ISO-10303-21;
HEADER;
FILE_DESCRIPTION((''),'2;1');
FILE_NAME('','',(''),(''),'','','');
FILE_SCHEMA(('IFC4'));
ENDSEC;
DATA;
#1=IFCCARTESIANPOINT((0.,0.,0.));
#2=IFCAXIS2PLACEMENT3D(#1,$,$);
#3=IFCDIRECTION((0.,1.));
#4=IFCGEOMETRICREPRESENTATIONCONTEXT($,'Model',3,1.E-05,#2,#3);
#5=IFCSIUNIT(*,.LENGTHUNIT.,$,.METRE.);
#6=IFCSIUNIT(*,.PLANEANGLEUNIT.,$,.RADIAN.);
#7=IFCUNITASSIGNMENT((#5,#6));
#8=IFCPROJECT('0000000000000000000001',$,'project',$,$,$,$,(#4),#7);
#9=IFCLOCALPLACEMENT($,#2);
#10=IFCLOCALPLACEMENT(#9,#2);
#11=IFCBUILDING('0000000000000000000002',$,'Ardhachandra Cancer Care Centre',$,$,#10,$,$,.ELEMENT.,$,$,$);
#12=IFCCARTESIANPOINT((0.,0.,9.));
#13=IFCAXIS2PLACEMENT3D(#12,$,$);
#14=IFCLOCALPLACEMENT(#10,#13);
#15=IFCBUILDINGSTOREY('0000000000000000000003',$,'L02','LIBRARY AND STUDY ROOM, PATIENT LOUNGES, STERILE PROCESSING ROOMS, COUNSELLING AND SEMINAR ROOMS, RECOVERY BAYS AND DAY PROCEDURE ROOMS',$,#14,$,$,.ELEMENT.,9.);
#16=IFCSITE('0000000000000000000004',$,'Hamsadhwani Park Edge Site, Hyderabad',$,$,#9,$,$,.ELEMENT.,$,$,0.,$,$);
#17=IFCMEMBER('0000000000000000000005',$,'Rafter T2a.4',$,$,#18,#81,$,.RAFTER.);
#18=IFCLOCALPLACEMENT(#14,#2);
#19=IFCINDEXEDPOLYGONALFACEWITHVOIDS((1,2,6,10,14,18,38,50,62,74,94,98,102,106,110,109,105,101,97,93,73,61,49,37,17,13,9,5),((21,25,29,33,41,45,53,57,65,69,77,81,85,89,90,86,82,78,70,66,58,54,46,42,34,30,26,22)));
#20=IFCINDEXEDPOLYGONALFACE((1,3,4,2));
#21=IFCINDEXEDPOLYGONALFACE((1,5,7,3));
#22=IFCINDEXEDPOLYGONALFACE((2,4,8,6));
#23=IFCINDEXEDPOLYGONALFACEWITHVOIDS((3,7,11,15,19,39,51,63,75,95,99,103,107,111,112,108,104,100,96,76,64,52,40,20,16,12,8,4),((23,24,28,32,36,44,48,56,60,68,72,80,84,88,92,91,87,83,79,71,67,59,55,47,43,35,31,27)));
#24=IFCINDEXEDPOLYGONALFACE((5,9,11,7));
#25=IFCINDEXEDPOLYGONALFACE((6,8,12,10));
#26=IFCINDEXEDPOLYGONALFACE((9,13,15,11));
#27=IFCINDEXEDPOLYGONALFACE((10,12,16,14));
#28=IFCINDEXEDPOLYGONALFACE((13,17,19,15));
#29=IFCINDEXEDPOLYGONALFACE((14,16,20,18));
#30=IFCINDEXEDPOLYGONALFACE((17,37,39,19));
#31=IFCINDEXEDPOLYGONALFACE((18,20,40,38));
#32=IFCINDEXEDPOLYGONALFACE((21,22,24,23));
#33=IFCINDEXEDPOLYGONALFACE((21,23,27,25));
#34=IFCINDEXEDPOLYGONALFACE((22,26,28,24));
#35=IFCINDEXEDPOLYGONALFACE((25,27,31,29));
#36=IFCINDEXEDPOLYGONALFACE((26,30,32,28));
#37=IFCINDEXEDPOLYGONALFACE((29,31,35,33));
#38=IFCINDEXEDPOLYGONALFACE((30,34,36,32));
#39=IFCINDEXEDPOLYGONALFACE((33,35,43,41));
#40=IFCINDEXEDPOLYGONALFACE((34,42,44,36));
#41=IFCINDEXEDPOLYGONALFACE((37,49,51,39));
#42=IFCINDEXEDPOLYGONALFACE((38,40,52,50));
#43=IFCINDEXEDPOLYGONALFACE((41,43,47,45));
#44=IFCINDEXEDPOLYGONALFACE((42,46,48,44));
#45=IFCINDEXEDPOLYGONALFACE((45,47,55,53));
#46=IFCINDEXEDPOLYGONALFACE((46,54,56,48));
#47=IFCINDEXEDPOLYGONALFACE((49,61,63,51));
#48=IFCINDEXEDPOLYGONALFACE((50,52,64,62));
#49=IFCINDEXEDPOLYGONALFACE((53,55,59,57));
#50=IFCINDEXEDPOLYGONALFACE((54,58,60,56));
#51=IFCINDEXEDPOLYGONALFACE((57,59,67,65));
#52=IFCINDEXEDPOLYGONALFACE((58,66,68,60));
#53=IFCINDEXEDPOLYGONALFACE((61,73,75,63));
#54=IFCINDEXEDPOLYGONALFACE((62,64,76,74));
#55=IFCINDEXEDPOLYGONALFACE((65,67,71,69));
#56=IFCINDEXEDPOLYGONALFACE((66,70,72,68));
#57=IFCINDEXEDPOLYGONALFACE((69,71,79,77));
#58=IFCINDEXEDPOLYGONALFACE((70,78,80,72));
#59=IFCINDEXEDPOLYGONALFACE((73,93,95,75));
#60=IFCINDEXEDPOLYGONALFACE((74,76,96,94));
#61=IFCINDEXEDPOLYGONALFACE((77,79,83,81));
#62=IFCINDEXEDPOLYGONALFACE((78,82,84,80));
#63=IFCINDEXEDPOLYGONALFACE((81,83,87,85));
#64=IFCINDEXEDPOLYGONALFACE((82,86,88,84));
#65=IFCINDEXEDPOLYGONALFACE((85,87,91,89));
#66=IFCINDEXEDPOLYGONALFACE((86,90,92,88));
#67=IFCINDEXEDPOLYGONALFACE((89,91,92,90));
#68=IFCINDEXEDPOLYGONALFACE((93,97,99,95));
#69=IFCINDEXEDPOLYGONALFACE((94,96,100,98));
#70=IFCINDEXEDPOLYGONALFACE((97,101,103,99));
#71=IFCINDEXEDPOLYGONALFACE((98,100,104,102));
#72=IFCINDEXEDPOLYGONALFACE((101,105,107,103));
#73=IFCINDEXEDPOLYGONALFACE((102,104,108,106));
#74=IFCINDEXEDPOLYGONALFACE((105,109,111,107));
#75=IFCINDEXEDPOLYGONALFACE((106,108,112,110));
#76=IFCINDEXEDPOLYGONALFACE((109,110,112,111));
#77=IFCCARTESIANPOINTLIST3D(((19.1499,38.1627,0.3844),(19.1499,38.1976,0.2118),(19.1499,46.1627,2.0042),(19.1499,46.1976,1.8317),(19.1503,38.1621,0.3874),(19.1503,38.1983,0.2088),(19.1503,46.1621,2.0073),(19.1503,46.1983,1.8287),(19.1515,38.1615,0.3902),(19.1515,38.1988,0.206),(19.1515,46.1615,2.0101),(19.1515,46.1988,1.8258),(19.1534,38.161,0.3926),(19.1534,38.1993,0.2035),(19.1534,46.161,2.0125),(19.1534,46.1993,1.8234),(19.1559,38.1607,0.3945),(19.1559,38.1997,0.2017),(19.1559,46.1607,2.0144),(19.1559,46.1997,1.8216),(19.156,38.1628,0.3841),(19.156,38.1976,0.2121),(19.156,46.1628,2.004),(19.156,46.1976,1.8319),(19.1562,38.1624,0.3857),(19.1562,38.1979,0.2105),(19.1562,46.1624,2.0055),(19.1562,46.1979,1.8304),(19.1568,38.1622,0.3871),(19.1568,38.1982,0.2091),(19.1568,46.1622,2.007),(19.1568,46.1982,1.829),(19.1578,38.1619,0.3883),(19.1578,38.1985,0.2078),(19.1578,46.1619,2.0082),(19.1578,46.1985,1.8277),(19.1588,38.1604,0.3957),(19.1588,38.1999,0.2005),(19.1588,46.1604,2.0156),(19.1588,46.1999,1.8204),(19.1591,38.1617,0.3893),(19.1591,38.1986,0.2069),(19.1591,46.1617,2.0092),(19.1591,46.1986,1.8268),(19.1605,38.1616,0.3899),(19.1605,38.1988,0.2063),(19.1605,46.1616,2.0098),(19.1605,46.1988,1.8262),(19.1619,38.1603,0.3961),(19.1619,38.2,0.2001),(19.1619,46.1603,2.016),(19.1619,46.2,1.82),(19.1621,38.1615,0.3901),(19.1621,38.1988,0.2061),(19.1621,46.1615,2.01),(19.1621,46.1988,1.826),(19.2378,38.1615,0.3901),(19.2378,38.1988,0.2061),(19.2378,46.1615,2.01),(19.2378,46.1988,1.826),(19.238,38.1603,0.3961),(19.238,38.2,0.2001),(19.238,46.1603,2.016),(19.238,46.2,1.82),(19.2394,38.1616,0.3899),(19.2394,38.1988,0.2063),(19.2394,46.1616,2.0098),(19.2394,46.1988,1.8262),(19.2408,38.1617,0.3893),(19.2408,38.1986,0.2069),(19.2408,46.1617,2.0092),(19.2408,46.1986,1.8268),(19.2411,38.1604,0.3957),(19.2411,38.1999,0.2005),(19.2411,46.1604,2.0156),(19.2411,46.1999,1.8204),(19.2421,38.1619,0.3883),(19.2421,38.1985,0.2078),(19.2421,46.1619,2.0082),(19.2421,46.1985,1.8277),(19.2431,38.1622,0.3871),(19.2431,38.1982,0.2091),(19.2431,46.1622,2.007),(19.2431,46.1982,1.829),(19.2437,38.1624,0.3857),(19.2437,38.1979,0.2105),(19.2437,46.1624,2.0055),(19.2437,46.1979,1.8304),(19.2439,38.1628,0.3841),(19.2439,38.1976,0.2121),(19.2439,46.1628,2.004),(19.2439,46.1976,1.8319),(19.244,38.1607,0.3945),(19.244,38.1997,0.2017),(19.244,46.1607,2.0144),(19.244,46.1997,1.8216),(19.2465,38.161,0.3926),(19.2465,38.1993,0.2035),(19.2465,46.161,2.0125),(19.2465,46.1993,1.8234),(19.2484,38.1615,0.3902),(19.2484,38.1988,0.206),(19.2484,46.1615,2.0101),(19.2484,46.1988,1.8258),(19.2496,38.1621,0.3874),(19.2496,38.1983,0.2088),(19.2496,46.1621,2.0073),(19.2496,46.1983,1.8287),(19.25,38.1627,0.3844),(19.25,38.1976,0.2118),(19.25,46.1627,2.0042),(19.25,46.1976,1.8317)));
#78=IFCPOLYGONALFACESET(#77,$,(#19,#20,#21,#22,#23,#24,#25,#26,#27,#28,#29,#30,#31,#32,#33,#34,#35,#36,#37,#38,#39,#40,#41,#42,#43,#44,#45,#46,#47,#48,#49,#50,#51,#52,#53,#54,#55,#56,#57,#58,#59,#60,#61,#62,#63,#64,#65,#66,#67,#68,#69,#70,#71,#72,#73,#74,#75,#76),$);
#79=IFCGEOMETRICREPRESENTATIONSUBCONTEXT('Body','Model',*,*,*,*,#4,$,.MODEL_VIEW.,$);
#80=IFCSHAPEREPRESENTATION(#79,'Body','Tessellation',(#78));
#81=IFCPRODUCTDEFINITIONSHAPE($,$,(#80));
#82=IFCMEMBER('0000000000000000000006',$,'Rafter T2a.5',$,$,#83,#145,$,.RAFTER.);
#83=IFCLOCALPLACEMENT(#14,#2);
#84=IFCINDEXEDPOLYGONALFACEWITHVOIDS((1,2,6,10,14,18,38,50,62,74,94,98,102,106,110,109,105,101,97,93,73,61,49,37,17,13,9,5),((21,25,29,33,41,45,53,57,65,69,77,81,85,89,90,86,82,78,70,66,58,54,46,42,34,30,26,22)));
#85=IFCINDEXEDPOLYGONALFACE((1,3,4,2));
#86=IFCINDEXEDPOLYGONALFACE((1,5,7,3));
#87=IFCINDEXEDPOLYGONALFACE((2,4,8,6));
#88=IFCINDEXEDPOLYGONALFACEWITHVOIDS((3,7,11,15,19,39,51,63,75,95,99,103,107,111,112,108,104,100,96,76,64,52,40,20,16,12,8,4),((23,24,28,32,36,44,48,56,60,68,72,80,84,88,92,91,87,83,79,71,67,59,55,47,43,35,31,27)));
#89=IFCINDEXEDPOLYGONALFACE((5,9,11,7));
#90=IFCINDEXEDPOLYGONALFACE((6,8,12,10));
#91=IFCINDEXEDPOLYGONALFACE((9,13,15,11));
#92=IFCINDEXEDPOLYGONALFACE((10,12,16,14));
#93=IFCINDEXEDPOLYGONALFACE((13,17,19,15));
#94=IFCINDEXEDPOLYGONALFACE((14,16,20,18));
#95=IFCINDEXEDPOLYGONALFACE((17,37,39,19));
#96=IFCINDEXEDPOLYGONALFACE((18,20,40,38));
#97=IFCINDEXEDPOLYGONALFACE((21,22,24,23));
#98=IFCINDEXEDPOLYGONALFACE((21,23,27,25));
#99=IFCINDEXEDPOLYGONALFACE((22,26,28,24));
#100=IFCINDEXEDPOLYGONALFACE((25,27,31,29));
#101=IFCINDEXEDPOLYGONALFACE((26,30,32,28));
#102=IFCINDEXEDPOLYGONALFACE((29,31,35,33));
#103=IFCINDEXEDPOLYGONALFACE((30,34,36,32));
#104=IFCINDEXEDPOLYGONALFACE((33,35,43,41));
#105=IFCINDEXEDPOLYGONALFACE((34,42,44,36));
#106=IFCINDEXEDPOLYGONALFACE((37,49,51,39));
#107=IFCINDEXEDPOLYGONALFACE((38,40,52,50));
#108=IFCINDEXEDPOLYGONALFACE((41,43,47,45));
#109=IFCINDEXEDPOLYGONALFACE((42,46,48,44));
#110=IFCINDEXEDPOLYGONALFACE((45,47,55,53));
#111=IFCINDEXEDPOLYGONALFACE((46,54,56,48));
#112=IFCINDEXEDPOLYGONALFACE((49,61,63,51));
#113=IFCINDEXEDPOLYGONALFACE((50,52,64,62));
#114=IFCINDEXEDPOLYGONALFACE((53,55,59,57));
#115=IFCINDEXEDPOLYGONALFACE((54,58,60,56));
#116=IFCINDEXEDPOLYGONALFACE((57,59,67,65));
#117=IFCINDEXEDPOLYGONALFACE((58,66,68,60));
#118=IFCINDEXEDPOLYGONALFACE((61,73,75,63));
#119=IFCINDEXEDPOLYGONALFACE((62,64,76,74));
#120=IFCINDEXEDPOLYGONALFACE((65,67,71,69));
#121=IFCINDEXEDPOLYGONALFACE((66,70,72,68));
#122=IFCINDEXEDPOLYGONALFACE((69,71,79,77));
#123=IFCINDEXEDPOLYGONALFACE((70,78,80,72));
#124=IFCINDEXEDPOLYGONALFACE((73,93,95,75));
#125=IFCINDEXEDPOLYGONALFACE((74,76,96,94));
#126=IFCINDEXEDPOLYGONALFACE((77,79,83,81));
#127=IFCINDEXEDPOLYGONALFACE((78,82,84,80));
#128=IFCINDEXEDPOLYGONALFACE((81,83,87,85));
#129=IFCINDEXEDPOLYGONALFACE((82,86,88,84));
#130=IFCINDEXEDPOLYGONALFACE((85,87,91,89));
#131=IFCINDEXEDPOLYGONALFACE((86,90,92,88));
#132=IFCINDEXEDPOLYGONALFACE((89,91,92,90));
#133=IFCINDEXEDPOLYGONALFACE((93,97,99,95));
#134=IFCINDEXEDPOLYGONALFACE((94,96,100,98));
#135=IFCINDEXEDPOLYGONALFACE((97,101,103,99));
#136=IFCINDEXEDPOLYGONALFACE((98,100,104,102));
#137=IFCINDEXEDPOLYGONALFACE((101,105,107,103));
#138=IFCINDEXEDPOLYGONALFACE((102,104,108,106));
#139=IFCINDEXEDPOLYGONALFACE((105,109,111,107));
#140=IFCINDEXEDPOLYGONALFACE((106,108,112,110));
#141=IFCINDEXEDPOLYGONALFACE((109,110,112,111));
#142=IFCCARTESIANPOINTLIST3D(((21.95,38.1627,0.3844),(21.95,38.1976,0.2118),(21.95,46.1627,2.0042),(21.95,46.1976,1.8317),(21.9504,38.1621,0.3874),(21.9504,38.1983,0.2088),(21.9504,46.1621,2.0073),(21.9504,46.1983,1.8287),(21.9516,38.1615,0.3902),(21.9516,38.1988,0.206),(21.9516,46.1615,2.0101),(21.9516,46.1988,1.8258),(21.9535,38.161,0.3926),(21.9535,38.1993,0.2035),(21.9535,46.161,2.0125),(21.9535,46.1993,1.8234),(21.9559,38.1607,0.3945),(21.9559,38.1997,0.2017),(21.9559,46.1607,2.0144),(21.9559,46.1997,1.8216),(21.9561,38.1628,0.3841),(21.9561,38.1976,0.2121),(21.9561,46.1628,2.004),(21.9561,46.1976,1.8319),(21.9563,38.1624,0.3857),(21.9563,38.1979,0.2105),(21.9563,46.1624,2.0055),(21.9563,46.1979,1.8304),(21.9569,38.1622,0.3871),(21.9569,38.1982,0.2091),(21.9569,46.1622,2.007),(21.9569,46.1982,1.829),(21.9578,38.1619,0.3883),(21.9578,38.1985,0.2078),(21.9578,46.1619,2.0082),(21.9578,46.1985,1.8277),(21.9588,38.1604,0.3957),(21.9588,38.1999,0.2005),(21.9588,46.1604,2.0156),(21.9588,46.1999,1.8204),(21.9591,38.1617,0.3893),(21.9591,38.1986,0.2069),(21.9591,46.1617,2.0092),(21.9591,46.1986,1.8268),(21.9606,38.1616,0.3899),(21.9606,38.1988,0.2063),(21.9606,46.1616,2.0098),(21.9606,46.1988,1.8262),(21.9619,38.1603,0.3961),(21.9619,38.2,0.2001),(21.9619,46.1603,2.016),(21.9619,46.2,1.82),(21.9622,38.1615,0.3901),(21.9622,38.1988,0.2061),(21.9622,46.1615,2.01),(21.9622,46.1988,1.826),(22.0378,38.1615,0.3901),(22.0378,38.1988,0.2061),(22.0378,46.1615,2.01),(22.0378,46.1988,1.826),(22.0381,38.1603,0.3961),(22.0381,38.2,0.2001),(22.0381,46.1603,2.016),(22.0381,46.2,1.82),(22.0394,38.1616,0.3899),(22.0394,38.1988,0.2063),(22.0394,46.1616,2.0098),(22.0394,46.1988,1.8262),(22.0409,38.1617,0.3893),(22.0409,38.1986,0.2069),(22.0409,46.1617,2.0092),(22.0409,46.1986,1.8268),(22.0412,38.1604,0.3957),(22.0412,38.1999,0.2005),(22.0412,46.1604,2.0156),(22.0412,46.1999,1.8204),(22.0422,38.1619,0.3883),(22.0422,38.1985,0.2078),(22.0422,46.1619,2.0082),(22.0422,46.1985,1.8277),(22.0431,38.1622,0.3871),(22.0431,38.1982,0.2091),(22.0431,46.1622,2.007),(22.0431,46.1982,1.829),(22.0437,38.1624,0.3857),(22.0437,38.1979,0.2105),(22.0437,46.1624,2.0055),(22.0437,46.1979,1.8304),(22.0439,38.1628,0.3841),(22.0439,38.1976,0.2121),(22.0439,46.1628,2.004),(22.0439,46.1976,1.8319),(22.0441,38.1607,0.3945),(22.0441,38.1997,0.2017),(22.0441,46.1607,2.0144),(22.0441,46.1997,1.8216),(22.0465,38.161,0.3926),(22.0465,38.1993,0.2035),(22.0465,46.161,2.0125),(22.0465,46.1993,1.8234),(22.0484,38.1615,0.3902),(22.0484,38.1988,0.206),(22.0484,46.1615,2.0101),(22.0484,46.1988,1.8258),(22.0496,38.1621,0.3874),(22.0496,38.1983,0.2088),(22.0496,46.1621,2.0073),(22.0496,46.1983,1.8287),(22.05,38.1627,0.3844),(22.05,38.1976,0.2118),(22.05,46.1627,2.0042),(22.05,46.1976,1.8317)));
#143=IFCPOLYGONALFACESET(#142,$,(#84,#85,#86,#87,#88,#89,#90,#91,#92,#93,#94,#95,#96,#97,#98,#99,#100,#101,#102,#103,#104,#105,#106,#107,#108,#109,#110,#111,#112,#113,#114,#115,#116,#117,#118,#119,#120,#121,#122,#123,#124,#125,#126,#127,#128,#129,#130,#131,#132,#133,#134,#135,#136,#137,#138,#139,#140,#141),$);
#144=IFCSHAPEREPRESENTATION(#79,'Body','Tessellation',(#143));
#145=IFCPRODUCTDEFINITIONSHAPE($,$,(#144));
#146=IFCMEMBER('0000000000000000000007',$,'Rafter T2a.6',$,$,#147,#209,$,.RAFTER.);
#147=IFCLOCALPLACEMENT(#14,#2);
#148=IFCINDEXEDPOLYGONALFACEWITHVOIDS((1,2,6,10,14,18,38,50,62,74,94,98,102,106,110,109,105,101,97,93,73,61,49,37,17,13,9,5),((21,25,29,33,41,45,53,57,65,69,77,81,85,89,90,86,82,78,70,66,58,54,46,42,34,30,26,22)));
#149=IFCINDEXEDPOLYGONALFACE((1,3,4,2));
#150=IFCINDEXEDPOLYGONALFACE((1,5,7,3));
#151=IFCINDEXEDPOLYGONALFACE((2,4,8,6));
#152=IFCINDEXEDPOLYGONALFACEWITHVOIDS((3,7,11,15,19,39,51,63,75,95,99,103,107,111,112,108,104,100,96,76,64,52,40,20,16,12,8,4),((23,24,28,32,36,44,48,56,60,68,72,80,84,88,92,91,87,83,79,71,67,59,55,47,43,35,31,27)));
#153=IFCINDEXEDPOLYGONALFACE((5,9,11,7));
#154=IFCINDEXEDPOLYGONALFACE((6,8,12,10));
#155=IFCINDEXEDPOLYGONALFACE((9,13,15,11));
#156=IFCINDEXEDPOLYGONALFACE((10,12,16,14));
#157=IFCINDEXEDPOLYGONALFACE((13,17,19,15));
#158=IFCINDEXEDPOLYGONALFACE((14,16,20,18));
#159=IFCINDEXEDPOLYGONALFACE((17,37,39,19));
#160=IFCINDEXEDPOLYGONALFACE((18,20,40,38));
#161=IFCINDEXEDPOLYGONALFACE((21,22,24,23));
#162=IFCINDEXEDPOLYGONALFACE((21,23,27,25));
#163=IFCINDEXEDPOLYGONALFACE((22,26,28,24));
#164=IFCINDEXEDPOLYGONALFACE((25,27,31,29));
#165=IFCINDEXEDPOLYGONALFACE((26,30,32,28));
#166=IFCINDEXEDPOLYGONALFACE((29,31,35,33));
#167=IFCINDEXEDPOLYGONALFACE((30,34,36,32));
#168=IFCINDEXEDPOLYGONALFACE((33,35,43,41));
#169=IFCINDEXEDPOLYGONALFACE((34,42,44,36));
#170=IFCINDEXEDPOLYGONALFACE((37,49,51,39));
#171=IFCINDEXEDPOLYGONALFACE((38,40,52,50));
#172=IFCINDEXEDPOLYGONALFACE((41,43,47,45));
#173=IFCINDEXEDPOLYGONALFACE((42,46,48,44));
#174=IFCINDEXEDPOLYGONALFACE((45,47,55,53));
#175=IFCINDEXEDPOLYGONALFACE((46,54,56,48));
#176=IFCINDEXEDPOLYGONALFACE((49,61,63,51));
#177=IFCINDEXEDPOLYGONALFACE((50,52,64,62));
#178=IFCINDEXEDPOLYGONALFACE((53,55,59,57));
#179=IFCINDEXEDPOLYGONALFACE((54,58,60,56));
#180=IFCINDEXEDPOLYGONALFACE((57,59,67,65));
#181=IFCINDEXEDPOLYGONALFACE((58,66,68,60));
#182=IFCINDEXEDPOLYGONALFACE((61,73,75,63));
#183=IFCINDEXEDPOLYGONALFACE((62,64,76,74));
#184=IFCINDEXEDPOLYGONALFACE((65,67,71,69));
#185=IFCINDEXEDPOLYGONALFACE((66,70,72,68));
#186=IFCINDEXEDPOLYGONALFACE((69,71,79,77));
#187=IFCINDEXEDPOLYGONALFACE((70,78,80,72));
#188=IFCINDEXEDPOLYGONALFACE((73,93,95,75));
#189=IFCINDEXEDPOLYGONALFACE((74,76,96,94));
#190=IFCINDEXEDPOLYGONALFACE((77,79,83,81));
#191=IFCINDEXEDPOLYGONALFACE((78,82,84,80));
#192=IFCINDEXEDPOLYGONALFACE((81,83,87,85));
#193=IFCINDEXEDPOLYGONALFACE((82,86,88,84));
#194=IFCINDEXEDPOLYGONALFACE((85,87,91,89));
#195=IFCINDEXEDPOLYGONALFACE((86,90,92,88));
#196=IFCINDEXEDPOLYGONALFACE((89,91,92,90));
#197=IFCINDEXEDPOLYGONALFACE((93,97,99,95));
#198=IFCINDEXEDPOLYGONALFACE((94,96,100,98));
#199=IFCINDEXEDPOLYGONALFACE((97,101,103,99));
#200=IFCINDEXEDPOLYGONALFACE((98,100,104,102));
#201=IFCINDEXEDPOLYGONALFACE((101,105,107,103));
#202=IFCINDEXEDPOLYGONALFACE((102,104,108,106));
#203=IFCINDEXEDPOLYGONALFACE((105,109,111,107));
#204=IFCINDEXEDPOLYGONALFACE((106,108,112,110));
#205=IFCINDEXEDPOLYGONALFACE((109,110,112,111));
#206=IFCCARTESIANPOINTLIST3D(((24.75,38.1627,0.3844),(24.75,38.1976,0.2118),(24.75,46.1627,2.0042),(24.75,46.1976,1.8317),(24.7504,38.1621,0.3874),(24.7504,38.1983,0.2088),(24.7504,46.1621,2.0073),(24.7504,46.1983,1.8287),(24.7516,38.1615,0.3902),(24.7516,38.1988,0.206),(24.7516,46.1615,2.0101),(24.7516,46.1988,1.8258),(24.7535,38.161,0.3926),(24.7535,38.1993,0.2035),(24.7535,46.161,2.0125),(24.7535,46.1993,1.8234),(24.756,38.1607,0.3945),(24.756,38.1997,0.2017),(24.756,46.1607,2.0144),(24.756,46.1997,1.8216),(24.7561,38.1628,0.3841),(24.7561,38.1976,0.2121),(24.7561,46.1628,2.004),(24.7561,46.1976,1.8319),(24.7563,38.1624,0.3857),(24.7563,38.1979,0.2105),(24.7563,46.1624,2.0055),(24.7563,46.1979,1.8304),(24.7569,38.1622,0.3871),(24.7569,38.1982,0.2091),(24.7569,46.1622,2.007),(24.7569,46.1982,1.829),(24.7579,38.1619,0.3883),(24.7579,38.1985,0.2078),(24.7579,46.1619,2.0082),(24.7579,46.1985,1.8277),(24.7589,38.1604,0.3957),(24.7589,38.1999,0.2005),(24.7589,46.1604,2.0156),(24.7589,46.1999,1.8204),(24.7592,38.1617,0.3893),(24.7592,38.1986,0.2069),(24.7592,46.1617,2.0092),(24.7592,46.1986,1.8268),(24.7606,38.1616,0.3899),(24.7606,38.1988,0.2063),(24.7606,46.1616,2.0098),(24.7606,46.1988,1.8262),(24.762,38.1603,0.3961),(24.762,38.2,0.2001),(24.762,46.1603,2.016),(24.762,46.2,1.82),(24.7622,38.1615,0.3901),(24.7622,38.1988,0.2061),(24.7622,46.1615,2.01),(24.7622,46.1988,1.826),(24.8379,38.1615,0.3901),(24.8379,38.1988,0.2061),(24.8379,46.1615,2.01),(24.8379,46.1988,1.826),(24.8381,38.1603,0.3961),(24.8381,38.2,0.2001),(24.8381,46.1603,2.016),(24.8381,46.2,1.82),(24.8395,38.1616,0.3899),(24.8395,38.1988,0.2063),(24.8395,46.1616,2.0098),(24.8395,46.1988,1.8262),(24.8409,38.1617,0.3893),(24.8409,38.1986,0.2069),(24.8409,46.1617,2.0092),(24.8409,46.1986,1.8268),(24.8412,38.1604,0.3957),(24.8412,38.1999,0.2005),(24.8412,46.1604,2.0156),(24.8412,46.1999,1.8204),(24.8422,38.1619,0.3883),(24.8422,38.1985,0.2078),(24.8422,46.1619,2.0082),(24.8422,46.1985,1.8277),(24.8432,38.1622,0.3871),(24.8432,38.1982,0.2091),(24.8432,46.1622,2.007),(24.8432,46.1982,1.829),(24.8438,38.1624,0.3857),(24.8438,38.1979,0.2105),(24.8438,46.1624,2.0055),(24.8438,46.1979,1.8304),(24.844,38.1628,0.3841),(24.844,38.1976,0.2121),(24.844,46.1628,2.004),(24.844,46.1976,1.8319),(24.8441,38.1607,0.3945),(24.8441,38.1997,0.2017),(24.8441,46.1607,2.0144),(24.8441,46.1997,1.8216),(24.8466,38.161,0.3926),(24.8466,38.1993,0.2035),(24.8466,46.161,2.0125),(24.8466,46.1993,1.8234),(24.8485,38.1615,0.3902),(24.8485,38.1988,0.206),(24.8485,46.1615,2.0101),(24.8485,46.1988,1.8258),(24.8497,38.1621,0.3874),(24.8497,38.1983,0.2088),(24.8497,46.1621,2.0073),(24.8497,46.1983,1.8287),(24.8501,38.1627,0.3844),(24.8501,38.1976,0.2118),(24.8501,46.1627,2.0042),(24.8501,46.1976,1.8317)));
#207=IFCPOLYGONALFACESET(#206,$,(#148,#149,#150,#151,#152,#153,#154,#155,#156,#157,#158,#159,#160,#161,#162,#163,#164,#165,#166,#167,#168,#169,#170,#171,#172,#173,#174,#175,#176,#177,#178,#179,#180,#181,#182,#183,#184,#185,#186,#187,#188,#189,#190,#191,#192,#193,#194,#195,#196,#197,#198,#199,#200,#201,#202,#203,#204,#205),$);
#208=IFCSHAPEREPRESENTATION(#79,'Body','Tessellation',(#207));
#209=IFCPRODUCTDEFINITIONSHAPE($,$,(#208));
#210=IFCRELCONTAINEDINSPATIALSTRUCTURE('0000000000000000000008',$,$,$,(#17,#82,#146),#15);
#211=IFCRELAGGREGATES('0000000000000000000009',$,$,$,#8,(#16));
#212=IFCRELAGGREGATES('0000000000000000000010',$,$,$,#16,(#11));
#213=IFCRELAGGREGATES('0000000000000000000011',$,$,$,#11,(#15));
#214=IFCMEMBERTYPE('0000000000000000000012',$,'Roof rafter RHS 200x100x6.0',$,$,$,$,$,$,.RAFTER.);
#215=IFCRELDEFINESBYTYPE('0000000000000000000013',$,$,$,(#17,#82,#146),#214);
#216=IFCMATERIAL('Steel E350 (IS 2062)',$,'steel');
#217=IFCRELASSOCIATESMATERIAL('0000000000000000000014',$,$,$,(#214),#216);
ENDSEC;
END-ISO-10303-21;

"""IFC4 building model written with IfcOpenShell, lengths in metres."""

from ifc_helpers import new_model, si_unit, direction, frame, origin, origin_2d, place, context, subcontext, project, spatial, hollow_rectangle, extrude, material, material_profile, profile_set, type_object, element, save


model = new_model("IFC4")

# Units and contexts
model_context = context("Model", 3, precision=1e-05, world=origin(), true_north=direction((0.0, 1.0)))
body_context = subcontext(model_context, "Body", "Model", "MODEL_VIEW")
ifc_project = project(units=[si_unit("LENGTHUNIT", "METRE"), si_unit("PLANEANGLEUNIT", "RADIAN")], contexts=[model_context])

# Site, building, storey
site_placement = place(None, origin())
site = spatial("IfcSite", under=ifc_project, at=site_placement, Name="Hamsadhwani Park Edge Site, Hyderabad", CompositionType="ELEMENT", RefElevation=0.0)
building_placement = place(site_placement, origin())
building = spatial("IfcBuilding", under=site, at=building_placement, Name="Ardhachandra Cancer Care Centre", CompositionType="ELEMENT")
storey_placement = place(building_placement, frame((0.0, 0.0, 9.0)))
storey = spatial("IfcBuildingStorey", under=building, at=storey_placement, Name="L02", Description="LIBRARY AND STUDY ROOM, PATIENT LOUNGES, STERILE PROCESSING ROOMS, COUNSELLING AND SEMINAR ROOMS, RECOVERY BAYS AND DAY PROCEDURE ROOMS", CompositionType="ELEMENT", Elevation=9.0)

# Members
ifc_material_1 = material(Name="Steel E350 (IS 2062)", Category="steel")
ifc_material_profile_1 = material_profile(ifc_material_1, hollow_rectangle(XDim=0.1001, YDim=0.2, WallThickness=0.0061, InnerFilletRadius=0.0061, OuterFilletRadius=0.012, at=origin_2d()), Name="RHS 200x100x6.0")
ifc_profile_set_1 = profile_set([ifc_material_profile_1], Name="Steel E350 (IS 2062)")
member_type_1 = type_object("IfcMemberType", Name="Roof rafter RHS 200x100x6.0", PredefinedType="RAFTER", material=ifc_profile_set_1)
for number, where, z_axis, x_axis, name in (
    (1, (19.2, 38.1802, 0.2981), (0.0, 0.98011, 0.198457), (-1.0, 0.0, 0.0), "Rafter T2a.4"),
    (2, (22.0, 38.1802, 0.2981), (0.0, 0.98011, 0.198457), (-1.0, 0.0, 0.0), "Rafter T2a.5"),
    (3, (24.8, 38.1802, 0.2981), (0.0, 0.98011, 0.198457), (-1.0, 0.0, 0.0), "Rafter T2a.6"),
):
    element("IfcMember", number, at=place(storey_placement, frame(where, z_axis=z_axis, x_axis=x_axis)), inside=storey, type_object=member_type_1, Name=name, PredefinedType="RAFTER", context=body_context, shape_type="SweptSolid", body=[
        extrude(hollow_rectangle(XDim=0.1001, YDim=0.2, WallThickness=0.0061, InnerFilletRadius=0.0061, OuterFilletRadius=0.012, at=origin_2d()), origin(), (0.0, 0.0, 1.0), 8.1624),
    ])

save(model, "model.ifc")
